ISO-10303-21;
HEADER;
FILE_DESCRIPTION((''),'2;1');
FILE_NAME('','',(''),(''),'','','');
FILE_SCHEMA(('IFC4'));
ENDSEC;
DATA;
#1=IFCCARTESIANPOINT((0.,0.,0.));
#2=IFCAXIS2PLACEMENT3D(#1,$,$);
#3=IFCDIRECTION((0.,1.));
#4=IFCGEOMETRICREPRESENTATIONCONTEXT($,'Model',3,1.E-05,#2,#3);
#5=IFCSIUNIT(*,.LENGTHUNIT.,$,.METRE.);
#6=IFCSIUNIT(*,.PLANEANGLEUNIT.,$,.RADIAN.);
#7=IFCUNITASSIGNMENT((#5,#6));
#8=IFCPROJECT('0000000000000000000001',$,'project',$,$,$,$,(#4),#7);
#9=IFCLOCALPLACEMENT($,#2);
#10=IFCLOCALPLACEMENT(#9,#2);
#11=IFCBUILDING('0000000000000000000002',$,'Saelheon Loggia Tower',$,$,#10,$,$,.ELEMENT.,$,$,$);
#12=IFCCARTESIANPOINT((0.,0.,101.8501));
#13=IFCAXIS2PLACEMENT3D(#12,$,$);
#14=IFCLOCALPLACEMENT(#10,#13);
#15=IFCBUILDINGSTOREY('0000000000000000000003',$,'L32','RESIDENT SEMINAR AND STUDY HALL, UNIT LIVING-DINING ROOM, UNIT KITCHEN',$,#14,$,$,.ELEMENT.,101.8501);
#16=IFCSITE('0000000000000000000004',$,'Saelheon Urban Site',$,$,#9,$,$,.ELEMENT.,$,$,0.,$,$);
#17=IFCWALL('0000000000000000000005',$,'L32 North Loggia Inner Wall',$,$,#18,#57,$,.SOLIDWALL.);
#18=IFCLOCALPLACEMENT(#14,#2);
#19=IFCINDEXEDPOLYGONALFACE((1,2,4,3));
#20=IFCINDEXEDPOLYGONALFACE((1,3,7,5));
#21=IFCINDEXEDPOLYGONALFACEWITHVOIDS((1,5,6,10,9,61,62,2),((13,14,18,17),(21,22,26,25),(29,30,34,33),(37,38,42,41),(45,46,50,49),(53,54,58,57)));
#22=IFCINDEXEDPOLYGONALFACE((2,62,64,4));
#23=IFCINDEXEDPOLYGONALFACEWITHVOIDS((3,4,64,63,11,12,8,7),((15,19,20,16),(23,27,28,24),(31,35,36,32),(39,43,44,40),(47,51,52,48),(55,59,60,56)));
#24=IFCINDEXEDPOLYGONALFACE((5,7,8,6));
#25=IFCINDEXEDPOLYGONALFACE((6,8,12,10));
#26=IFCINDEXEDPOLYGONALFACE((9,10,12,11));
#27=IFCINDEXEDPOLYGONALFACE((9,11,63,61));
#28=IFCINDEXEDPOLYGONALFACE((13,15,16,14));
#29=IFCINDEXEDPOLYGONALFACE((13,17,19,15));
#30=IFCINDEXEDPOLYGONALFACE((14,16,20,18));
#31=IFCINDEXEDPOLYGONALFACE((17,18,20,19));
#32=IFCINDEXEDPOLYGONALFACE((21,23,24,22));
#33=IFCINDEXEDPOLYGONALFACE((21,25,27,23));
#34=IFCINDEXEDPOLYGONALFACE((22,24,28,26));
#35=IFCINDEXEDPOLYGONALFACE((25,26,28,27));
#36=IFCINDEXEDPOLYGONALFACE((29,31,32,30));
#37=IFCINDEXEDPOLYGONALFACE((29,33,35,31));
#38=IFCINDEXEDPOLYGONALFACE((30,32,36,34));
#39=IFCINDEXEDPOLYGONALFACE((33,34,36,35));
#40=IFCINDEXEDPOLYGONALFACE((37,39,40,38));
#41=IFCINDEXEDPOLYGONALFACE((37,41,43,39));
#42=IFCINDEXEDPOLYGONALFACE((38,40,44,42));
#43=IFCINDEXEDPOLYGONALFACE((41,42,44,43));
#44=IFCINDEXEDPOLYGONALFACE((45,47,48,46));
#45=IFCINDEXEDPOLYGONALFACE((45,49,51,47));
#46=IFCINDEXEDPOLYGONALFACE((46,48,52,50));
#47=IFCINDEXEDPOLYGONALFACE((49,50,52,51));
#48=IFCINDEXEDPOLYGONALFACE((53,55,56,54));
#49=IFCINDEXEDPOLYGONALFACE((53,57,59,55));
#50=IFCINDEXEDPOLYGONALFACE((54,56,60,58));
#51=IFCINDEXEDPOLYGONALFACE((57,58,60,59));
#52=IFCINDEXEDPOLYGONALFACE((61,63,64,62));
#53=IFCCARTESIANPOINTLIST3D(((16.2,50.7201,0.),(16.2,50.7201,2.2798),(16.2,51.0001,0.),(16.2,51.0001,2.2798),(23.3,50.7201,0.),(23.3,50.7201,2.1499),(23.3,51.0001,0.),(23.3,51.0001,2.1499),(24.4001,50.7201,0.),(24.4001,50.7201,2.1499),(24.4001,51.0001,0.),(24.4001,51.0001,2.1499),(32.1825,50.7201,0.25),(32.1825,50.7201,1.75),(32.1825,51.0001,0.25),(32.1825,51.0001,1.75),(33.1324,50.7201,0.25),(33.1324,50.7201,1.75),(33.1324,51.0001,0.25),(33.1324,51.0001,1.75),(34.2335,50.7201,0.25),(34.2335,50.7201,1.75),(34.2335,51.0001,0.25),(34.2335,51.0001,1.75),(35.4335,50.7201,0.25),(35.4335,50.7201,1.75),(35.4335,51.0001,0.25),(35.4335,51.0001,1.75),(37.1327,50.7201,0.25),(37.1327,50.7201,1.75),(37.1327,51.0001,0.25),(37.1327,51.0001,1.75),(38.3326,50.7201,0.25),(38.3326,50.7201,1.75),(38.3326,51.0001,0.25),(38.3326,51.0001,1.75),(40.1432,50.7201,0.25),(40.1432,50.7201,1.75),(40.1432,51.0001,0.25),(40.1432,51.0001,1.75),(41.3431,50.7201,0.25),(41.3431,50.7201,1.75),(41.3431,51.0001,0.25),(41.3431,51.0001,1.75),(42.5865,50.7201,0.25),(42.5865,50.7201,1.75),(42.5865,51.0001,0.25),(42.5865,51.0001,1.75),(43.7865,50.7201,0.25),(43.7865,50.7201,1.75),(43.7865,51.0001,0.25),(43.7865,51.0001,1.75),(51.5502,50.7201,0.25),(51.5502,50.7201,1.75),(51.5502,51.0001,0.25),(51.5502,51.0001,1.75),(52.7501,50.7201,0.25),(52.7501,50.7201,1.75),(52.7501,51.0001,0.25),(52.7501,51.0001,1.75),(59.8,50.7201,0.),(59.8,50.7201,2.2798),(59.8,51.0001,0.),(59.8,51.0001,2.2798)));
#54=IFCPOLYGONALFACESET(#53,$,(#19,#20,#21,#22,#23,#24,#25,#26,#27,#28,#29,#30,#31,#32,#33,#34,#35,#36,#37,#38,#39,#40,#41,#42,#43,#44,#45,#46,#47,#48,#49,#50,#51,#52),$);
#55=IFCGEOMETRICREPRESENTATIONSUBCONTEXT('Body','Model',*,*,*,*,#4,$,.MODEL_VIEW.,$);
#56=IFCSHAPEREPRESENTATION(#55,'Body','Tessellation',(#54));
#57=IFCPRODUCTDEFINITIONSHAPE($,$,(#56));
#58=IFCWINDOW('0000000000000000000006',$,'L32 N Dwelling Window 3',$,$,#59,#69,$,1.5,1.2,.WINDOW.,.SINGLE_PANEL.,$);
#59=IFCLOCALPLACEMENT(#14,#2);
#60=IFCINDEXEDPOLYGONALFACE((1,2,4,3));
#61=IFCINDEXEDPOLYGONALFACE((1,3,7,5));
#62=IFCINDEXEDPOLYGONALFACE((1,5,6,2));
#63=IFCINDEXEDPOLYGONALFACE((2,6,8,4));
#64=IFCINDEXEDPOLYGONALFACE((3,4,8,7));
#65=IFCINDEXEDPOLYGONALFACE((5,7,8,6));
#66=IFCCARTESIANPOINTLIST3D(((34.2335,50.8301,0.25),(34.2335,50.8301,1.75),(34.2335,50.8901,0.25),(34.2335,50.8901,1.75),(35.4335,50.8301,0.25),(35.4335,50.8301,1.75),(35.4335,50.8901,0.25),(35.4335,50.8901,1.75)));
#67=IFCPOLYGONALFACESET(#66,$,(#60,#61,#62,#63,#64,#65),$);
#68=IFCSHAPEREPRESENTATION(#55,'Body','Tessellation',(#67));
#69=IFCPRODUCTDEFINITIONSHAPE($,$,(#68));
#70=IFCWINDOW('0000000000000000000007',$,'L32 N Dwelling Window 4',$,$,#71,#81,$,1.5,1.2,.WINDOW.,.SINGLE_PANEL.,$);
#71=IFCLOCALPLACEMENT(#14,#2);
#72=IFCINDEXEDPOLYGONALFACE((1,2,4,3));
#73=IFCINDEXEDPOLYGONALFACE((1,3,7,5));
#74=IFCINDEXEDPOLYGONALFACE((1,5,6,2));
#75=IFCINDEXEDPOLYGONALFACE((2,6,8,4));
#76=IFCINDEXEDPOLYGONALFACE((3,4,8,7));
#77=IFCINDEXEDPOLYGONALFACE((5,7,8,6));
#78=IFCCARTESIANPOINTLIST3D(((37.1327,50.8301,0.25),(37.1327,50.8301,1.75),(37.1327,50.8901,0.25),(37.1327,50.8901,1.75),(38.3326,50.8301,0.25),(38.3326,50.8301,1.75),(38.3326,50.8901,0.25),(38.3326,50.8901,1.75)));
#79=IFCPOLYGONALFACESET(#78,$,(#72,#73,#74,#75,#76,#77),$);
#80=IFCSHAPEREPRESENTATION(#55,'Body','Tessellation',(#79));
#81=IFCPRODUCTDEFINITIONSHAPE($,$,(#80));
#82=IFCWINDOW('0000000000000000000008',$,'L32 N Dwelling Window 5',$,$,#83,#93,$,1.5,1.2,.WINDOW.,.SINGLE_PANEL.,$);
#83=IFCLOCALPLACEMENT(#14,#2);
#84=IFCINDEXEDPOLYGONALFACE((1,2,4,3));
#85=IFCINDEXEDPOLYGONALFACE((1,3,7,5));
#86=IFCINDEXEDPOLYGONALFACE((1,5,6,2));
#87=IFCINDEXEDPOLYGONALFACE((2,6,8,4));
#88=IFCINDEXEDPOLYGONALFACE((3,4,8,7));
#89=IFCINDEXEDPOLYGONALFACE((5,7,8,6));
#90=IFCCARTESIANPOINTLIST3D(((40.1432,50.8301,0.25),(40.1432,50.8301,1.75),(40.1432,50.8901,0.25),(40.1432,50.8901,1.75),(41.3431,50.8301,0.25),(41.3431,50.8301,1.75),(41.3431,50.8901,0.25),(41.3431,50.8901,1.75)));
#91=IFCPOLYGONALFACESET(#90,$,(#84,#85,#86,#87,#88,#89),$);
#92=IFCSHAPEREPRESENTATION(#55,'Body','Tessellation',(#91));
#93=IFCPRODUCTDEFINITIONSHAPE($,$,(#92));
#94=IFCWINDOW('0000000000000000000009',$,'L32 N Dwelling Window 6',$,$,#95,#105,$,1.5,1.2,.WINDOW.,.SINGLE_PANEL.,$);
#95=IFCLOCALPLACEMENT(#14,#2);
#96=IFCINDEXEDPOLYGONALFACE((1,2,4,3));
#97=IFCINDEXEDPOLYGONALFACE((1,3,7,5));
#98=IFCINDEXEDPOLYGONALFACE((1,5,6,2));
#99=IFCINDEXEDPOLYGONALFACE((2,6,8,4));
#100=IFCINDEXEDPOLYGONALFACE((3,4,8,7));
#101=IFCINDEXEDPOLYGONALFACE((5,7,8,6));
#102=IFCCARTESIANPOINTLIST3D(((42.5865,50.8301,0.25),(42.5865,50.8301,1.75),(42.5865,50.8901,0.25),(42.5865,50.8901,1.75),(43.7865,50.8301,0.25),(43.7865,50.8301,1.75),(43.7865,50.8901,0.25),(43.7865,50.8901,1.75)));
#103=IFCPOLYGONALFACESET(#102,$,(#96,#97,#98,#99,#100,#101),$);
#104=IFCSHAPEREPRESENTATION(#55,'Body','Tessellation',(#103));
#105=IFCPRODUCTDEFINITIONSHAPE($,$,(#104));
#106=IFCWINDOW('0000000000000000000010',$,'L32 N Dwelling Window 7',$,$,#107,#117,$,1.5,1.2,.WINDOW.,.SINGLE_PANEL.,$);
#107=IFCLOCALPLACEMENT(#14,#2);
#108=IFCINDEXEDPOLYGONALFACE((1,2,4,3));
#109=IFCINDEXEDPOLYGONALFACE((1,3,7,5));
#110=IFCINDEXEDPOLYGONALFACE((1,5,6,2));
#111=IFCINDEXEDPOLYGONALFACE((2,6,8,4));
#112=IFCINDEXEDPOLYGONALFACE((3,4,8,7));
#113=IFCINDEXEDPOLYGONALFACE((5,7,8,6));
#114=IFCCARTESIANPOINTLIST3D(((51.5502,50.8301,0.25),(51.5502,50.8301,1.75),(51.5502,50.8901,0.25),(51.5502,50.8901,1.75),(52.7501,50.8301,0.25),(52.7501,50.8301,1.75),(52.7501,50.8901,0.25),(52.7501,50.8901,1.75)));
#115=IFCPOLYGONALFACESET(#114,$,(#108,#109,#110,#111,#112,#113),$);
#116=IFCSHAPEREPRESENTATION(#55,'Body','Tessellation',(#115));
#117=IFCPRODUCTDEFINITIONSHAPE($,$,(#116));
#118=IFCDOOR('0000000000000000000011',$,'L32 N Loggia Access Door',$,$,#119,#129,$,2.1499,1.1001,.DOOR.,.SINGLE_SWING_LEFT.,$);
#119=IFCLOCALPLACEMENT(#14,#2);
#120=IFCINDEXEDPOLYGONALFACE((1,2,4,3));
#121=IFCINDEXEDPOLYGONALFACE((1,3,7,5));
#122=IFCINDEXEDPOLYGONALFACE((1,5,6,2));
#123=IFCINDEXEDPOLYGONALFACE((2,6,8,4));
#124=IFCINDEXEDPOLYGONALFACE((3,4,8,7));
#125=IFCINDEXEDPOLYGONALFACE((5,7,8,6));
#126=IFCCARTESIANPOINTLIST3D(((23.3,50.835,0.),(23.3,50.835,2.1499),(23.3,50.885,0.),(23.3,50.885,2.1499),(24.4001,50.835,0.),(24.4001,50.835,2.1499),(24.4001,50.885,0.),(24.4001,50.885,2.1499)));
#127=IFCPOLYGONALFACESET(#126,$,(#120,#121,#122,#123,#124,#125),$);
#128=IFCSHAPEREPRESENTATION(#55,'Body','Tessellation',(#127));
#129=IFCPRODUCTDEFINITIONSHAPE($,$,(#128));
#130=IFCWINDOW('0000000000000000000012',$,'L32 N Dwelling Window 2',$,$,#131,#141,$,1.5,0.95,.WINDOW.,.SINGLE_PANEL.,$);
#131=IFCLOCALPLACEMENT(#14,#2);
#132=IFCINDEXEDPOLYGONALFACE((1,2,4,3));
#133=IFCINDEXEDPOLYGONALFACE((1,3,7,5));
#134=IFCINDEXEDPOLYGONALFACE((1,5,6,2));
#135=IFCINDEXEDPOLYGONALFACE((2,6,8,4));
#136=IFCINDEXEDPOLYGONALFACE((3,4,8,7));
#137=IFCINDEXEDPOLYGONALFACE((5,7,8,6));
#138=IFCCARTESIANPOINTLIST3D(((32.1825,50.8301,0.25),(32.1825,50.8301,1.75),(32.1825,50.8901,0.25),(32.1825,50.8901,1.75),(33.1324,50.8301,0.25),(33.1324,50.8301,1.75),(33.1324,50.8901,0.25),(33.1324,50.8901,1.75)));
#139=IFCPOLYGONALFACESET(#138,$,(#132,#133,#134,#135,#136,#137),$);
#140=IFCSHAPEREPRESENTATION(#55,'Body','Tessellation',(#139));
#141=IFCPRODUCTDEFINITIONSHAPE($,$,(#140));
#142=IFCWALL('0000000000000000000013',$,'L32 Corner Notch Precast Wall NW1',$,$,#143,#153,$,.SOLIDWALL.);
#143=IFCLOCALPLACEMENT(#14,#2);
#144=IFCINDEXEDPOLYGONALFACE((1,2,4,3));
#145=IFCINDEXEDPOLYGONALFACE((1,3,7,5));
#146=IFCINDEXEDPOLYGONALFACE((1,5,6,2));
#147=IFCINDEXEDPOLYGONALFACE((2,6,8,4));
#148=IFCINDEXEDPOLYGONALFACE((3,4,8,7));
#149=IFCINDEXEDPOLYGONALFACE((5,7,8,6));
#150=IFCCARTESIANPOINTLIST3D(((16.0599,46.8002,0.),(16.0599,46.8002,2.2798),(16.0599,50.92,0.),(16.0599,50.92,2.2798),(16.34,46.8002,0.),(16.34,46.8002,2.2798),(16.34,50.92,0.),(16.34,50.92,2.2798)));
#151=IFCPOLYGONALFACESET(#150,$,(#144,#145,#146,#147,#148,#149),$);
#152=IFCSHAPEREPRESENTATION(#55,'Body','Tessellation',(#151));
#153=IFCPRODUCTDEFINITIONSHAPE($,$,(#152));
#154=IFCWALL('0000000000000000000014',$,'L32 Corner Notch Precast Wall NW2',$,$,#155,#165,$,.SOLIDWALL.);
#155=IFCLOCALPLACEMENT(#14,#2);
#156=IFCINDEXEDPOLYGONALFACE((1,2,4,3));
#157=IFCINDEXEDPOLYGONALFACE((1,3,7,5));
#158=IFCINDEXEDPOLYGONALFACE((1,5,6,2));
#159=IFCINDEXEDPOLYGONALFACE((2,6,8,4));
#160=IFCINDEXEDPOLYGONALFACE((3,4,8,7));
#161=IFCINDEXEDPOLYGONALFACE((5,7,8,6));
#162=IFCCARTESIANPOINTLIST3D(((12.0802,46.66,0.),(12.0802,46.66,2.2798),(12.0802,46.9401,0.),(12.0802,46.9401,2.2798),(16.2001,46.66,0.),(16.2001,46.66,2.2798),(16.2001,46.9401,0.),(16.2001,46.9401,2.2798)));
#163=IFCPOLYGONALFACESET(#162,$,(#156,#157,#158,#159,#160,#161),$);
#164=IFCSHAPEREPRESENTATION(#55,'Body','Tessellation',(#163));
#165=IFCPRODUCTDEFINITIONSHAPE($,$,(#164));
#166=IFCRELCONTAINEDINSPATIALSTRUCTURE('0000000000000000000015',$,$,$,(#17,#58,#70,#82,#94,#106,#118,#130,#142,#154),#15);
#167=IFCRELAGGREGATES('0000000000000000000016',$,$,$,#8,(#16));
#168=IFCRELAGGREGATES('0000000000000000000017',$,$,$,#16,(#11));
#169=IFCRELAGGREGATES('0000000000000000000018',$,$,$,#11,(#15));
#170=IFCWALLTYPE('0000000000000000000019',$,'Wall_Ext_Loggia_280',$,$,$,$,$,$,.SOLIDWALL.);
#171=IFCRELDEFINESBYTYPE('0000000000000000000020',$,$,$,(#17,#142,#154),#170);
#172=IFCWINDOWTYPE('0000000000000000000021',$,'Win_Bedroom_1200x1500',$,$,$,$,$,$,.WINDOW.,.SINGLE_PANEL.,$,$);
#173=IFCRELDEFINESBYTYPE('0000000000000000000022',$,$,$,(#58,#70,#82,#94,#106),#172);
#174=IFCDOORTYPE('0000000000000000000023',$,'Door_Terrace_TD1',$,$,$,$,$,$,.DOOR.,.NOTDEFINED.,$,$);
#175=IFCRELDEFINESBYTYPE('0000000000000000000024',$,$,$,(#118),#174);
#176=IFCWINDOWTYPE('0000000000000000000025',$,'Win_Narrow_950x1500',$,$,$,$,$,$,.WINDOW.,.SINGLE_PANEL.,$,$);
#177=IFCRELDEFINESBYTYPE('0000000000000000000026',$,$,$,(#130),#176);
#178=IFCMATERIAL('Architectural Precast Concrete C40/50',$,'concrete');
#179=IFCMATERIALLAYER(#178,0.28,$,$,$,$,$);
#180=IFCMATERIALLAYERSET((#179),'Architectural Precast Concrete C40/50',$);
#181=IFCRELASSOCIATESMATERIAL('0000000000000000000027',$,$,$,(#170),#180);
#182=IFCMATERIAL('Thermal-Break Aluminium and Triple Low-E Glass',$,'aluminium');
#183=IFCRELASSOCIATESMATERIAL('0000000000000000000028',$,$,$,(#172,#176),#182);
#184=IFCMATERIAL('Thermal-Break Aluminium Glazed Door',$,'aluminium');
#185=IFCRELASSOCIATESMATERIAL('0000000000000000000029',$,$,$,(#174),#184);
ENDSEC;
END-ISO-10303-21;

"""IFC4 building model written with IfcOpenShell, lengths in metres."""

from ifc_helpers import new_model, si_unit, direction, frame, frame_2d, origin, place, context, subcontext, project, spatial, rectangle, extrude, source, transform, mapped, material, layer, layer_set, type_object, element, fill, save


model = new_model("IFC4")

# Units and contexts
model_context = context("Model", 3, precision=1e-05, world=origin(), true_north=direction((0.0, 1.0)))
body_context = subcontext(model_context, "Body", "Model", "MODEL_VIEW")
ifc_project = project(units=[si_unit("LENGTHUNIT", "METRE"), si_unit("PLANEANGLEUNIT", "RADIAN")], contexts=[model_context])

# Site, building, storey
site_placement = place(None, origin())
site = spatial("IfcSite", under=ifc_project, at=site_placement, Name="Saelheon Urban Site", CompositionType="ELEMENT", RefElevation=0.0)
building_placement = place(site_placement, origin())
building = spatial("IfcBuilding", under=site, at=building_placement, Name="Saelheon Loggia Tower", CompositionType="ELEMENT")
storey_placement = place(building_placement, frame((0.0, 0.0, 101.8501)))
storey = spatial("IfcBuildingStorey", under=building, at=storey_placement, Name="L32", Description="RESIDENT SEMINAR AND STUDY HALL, UNIT LIVING-DINING ROOM, UNIT KITCHEN", CompositionType="ELEMENT", Elevation=101.8501)

# Wall, openings, windows, door
ifc_material_1 = material(Name="Architectural Precast Concrete C40/50", Category="concrete")
ifc_layer_1 = layer(ifc_material_1, 0.28)
ifc_layer_set_1 = layer_set([ifc_layer_1], Name="Architectural Precast Concrete C40/50")
wall_type_1 = type_object("IfcWallType", Name="Wall_Ext_Loggia_280", PredefinedType="SOLIDWALL", material=ifc_layer_set_1)
wall_1_placement = place(storey_placement, frame((16.2, 50.8601, 0.0), z_axis=(0.0, 0.0, 1.0), x_axis=(1.0, 0.0, 0.0)))
wall_1 = element("IfcWall", 1, at=wall_1_placement, inside=storey, type_object=wall_type_1, Name="L32 North Loggia Inner Wall", PredefinedType="SOLIDWALL", context=body_context, shape_type="SweptSolid", body=[
    extrude(rectangle(XDim=43.6001, YDim=0.28, at=frame_2d((21.8, 0.0))), origin(), (0.0, 0.0, 1.0), 2.2798),
])
opening_1_placement = place(wall_1_placement, frame((7.1001, 0.0, 0.0)))
opening_1 = element("IfcOpeningElement", 2, at=opening_1_placement, cuts=wall_1, PredefinedType="OPENING", context=body_context, shape_type="SweptSolid", body=[
    extrude(rectangle(XDim=1.1001, YDim=2.1499, at=frame_2d((0.55, 1.075))), frame((0.0, 0.1521, 0.0), z_axis=(0.0, -1.0, 0.0), x_axis=(1.0, 0.0, 0.0)), (0.0, 0.0, 1.0), 0.304),
])
opening_2_placement = place(wall_1_placement, frame((15.9824, 0.0, 0.25)))
opening_2 = element("IfcOpeningElement", 3, at=opening_2_placement, cuts=wall_1, PredefinedType="OPENING", context=body_context, shape_type="SweptSolid", body=[
    extrude(rectangle(XDim=0.95, YDim=1.5, at=frame_2d((0.4751, 0.75))), frame((0.0, 0.1521, 0.0), z_axis=(0.0, -1.0, 0.0), x_axis=(1.0, 0.0, 0.0)), (0.0, 0.0, 1.0), 0.304),
])
opening_3_placement = place(wall_1_placement, frame((18.0334, 0.0, 0.25)))
opening_3 = element("IfcOpeningElement", 4, at=opening_3_placement, cuts=wall_1, PredefinedType="OPENING", context=body_context, shape_type="SweptSolid", body=[
    extrude(rectangle(XDim=1.2, YDim=1.5, at=frame_2d((0.6001, 0.75))), frame((0.0, 0.1521, 0.0), z_axis=(0.0, -1.0, 0.0), x_axis=(1.0, 0.0, 0.0)), (0.0, 0.0, 1.0), 0.304),
])
opening_4_placement = place(wall_1_placement, frame((20.9326, 0.0, 0.25)))
opening_4 = element("IfcOpeningElement", 5, at=opening_4_placement, cuts=wall_1, PredefinedType="OPENING", context=body_context, shape_type="SweptSolid", body=[
    extrude(rectangle(XDim=1.2, YDim=1.5, at=frame_2d((0.6001, 0.75))), frame((0.0, 0.1521, 0.0), z_axis=(0.0, -1.0, 0.0), x_axis=(1.0, 0.0, 0.0)), (0.0, 0.0, 1.0), 0.304),
])
opening_5_placement = place(wall_1_placement, frame((23.9431, 0.0, 0.25)))
opening_5 = element("IfcOpeningElement", 6, at=opening_5_placement, cuts=wall_1, PredefinedType="OPENING", context=body_context, shape_type="SweptSolid", body=[
    extrude(rectangle(XDim=1.2, YDim=1.5, at=frame_2d((0.6001, 0.75))), frame((0.0, 0.1521, 0.0), z_axis=(0.0, -1.0, 0.0), x_axis=(1.0, 0.0, 0.0)), (0.0, 0.0, 1.0), 0.304),
])
opening_6_placement = place(wall_1_placement, frame((26.3865, 0.0, 0.25)))
opening_6 = element("IfcOpeningElement", 7, at=opening_6_placement, cuts=wall_1, PredefinedType="OPENING", context=body_context, shape_type="SweptSolid", body=[
    extrude(rectangle(XDim=1.2, YDim=1.5, at=frame_2d((0.6001, 0.75))), frame((0.0, 0.1521, 0.0), z_axis=(0.0, -1.0, 0.0), x_axis=(1.0, 0.0, 0.0)), (0.0, 0.0, 1.0), 0.304),
])
opening_7_placement = place(wall_1_placement, frame((35.3501, 0.0, 0.25)))
opening_7 = element("IfcOpeningElement", 8, at=opening_7_placement, cuts=wall_1, PredefinedType="OPENING", context=body_context, shape_type="SweptSolid", body=[
    extrude(rectangle(XDim=1.2, YDim=1.5, at=frame_2d((0.6001, 0.75))), frame((0.0, 0.1521, 0.0), z_axis=(0.0, -1.0, 0.0), x_axis=(1.0, 0.0, 0.0)), (0.0, 0.0, 1.0), 0.304),
])
ifc_material_2 = material(Name="Thermal-Break Aluminium and Triple Low-E Glass", Category="aluminium")
window_type_1 = type_object("IfcWindowType", Name="Win_Bedroom_1200x1500", PartitioningType="SINGLE_PANEL", PredefinedType="WINDOW", material=ifc_material_2)
shared_shape_1 = source(origin(), body_context, "Body", "SweptSolid", [
    extrude(rectangle(XDim=1.2, YDim=1.5, at=frame_2d((0.6001, 0.75))), frame((0.0, 0.03, 0.0), z_axis=(0.0, -1.0, 0.0), x_axis=(1.0, 0.0, 0.0)), (0.0, 0.0, 1.0), 0.0601),
])
window_1_placement = place(opening_3_placement, origin())
window_1 = element("IfcWindow", 9, at=window_1_placement, inside=storey, type_object=window_type_1, Name="L32 N Dwelling Window 3", OverallHeight=1.5, OverallWidth=1.2, PartitioningType="SINGLE_PANEL", PredefinedType="WINDOW", context=body_context, shape_type="MappedRepresentation", body=[
    mapped(shared_shape_1, transform((0.0, 0.0, 0.0), scale=1.0)),
])
fill(opening_3, window_1)
window_2_placement = place(opening_4_placement, origin())
window_2 = element("IfcWindow", 10, at=window_2_placement, inside=storey, type_object=window_type_1, Name="L32 N Dwelling Window 4", OverallHeight=1.5, OverallWidth=1.2, PartitioningType="SINGLE_PANEL", PredefinedType="WINDOW", context=body_context, shape_type="MappedRepresentation", body=[
    mapped(shared_shape_1, transform((0.0, 0.0, 0.0), scale=1.0)),
])
fill(opening_4, window_2)
window_3_placement = place(opening_5_placement, origin())
window_3 = element("IfcWindow", 11, at=window_3_placement, inside=storey, type_object=window_type_1, Name="L32 N Dwelling Window 5", OverallHeight=1.5, OverallWidth=1.2, PartitioningType="SINGLE_PANEL", PredefinedType="WINDOW", context=body_context, shape_type="MappedRepresentation", body=[
    mapped(shared_shape_1, transform((0.0, 0.0, 0.0), scale=1.0)),
])
fill(opening_5, window_3)
window_4_placement = place(opening_6_placement, origin())
window_4 = element("IfcWindow", 12, at=window_4_placement, inside=storey, type_object=window_type_1, Name="L32 N Dwelling Window 6", OverallHeight=1.5, OverallWidth=1.2, PartitioningType="SINGLE_PANEL", PredefinedType="WINDOW", context=body_context, shape_type="MappedRepresentation", body=[
    mapped(shared_shape_1, transform((0.0, 0.0, 0.0), scale=1.0)),
])
fill(opening_6, window_4)
window_5_placement = place(opening_7_placement, origin())
window_5 = element("IfcWindow", 13, at=window_5_placement, inside=storey, type_object=window_type_1, Name="L32 N Dwelling Window 7", OverallHeight=1.5, OverallWidth=1.2, PartitioningType="SINGLE_PANEL", PredefinedType="WINDOW", context=body_context, shape_type="MappedRepresentation", body=[
    mapped(shared_shape_1, transform((0.0, 0.0, 0.0), scale=1.0)),
])
fill(opening_7, window_5)
ifc_material_3 = material(Name="Thermal-Break Aluminium Glazed Door", Category="aluminium")
door_type_1 = type_object("IfcDoorType", Name="Door_Terrace_TD1", OperationType="NOTDEFINED", PredefinedType="DOOR", material=ifc_material_3)
shared_shape_2 = source(origin(), body_context, "Body", "SweptSolid", [
    extrude(rectangle(XDim=1.1001, YDim=2.1499, at=frame_2d((0.55, 1.075))), frame((0.0, 0.0249, 0.0), z_axis=(0.0, -1.0, 0.0), x_axis=(1.0, 0.0, 0.0)), (0.0, 0.0, 1.0), 0.05),
])
door_1_placement = place(opening_1_placement, origin())
door_1 = element("IfcDoor", 14, at=door_1_placement, inside=storey, type_object=door_type_1, Name="L32 N Loggia Access Door", OperationType="SINGLE_SWING_LEFT", OverallHeight=2.1499, OverallWidth=1.1001, PredefinedType="DOOR", context=body_context, shape_type="MappedRepresentation", body=[
    mapped(shared_shape_2, transform((0.0, 0.0, 0.0), scale=1.0)),
])
fill(opening_1, door_1)
window_type_2 = type_object("IfcWindowType", Name="Win_Narrow_950x1500", PartitioningType="SINGLE_PANEL", PredefinedType="WINDOW", material=ifc_material_2)
shared_shape_3 = source(origin(), body_context, "Body", "SweptSolid", [
    extrude(rectangle(XDim=0.95, YDim=1.5, at=frame_2d((0.4751, 0.75))), frame((0.0, 0.03, 0.0), z_axis=(0.0, -1.0, 0.0), x_axis=(1.0, 0.0, 0.0)), (0.0, 0.0, 1.0), 0.0601),
])
window_6_placement = place(opening_2_placement, origin())
window_6 = element("IfcWindow", 15, at=window_6_placement, inside=storey, type_object=window_type_2, Name="L32 N Dwelling Window 2", OverallHeight=1.5, OverallWidth=0.95, PartitioningType="SINGLE_PANEL", PredefinedType="WINDOW", context=body_context, shape_type="MappedRepresentation", body=[
    mapped(shared_shape_3, transform((0.0, 0.0, 0.0), scale=1.0)),
])
fill(opening_2, window_6)

# Walls
for number, where, z_axis, x_axis, name in (
    (16, (16.2, 46.8, 0.0), (0.0, 0.0, 1.0), (0.0, 1.0, 0.0), "L32 Corner Notch Precast Wall NW1"),
    (17, (12.0801, 46.8, 0.0), (0.0, 0.0, 1.0), (1.0, 0.0, 0.0), "L32 Corner Notch Precast Wall NW2"),
):
    element("IfcWall", number, at=place(storey_placement, frame(where, z_axis=z_axis, x_axis=x_axis)), inside=storey, type_object=wall_type_1, Name=name, PredefinedType="SOLIDWALL", context=body_context, shape_type="SweptSolid", body=[
        extrude(rectangle(XDim=4.1199, YDim=0.28, at=frame_2d((2.0601, 0.0))), origin(), (0.0, 0.0, 1.0), 2.2798),
    ])

save(model, "model.ifc")
